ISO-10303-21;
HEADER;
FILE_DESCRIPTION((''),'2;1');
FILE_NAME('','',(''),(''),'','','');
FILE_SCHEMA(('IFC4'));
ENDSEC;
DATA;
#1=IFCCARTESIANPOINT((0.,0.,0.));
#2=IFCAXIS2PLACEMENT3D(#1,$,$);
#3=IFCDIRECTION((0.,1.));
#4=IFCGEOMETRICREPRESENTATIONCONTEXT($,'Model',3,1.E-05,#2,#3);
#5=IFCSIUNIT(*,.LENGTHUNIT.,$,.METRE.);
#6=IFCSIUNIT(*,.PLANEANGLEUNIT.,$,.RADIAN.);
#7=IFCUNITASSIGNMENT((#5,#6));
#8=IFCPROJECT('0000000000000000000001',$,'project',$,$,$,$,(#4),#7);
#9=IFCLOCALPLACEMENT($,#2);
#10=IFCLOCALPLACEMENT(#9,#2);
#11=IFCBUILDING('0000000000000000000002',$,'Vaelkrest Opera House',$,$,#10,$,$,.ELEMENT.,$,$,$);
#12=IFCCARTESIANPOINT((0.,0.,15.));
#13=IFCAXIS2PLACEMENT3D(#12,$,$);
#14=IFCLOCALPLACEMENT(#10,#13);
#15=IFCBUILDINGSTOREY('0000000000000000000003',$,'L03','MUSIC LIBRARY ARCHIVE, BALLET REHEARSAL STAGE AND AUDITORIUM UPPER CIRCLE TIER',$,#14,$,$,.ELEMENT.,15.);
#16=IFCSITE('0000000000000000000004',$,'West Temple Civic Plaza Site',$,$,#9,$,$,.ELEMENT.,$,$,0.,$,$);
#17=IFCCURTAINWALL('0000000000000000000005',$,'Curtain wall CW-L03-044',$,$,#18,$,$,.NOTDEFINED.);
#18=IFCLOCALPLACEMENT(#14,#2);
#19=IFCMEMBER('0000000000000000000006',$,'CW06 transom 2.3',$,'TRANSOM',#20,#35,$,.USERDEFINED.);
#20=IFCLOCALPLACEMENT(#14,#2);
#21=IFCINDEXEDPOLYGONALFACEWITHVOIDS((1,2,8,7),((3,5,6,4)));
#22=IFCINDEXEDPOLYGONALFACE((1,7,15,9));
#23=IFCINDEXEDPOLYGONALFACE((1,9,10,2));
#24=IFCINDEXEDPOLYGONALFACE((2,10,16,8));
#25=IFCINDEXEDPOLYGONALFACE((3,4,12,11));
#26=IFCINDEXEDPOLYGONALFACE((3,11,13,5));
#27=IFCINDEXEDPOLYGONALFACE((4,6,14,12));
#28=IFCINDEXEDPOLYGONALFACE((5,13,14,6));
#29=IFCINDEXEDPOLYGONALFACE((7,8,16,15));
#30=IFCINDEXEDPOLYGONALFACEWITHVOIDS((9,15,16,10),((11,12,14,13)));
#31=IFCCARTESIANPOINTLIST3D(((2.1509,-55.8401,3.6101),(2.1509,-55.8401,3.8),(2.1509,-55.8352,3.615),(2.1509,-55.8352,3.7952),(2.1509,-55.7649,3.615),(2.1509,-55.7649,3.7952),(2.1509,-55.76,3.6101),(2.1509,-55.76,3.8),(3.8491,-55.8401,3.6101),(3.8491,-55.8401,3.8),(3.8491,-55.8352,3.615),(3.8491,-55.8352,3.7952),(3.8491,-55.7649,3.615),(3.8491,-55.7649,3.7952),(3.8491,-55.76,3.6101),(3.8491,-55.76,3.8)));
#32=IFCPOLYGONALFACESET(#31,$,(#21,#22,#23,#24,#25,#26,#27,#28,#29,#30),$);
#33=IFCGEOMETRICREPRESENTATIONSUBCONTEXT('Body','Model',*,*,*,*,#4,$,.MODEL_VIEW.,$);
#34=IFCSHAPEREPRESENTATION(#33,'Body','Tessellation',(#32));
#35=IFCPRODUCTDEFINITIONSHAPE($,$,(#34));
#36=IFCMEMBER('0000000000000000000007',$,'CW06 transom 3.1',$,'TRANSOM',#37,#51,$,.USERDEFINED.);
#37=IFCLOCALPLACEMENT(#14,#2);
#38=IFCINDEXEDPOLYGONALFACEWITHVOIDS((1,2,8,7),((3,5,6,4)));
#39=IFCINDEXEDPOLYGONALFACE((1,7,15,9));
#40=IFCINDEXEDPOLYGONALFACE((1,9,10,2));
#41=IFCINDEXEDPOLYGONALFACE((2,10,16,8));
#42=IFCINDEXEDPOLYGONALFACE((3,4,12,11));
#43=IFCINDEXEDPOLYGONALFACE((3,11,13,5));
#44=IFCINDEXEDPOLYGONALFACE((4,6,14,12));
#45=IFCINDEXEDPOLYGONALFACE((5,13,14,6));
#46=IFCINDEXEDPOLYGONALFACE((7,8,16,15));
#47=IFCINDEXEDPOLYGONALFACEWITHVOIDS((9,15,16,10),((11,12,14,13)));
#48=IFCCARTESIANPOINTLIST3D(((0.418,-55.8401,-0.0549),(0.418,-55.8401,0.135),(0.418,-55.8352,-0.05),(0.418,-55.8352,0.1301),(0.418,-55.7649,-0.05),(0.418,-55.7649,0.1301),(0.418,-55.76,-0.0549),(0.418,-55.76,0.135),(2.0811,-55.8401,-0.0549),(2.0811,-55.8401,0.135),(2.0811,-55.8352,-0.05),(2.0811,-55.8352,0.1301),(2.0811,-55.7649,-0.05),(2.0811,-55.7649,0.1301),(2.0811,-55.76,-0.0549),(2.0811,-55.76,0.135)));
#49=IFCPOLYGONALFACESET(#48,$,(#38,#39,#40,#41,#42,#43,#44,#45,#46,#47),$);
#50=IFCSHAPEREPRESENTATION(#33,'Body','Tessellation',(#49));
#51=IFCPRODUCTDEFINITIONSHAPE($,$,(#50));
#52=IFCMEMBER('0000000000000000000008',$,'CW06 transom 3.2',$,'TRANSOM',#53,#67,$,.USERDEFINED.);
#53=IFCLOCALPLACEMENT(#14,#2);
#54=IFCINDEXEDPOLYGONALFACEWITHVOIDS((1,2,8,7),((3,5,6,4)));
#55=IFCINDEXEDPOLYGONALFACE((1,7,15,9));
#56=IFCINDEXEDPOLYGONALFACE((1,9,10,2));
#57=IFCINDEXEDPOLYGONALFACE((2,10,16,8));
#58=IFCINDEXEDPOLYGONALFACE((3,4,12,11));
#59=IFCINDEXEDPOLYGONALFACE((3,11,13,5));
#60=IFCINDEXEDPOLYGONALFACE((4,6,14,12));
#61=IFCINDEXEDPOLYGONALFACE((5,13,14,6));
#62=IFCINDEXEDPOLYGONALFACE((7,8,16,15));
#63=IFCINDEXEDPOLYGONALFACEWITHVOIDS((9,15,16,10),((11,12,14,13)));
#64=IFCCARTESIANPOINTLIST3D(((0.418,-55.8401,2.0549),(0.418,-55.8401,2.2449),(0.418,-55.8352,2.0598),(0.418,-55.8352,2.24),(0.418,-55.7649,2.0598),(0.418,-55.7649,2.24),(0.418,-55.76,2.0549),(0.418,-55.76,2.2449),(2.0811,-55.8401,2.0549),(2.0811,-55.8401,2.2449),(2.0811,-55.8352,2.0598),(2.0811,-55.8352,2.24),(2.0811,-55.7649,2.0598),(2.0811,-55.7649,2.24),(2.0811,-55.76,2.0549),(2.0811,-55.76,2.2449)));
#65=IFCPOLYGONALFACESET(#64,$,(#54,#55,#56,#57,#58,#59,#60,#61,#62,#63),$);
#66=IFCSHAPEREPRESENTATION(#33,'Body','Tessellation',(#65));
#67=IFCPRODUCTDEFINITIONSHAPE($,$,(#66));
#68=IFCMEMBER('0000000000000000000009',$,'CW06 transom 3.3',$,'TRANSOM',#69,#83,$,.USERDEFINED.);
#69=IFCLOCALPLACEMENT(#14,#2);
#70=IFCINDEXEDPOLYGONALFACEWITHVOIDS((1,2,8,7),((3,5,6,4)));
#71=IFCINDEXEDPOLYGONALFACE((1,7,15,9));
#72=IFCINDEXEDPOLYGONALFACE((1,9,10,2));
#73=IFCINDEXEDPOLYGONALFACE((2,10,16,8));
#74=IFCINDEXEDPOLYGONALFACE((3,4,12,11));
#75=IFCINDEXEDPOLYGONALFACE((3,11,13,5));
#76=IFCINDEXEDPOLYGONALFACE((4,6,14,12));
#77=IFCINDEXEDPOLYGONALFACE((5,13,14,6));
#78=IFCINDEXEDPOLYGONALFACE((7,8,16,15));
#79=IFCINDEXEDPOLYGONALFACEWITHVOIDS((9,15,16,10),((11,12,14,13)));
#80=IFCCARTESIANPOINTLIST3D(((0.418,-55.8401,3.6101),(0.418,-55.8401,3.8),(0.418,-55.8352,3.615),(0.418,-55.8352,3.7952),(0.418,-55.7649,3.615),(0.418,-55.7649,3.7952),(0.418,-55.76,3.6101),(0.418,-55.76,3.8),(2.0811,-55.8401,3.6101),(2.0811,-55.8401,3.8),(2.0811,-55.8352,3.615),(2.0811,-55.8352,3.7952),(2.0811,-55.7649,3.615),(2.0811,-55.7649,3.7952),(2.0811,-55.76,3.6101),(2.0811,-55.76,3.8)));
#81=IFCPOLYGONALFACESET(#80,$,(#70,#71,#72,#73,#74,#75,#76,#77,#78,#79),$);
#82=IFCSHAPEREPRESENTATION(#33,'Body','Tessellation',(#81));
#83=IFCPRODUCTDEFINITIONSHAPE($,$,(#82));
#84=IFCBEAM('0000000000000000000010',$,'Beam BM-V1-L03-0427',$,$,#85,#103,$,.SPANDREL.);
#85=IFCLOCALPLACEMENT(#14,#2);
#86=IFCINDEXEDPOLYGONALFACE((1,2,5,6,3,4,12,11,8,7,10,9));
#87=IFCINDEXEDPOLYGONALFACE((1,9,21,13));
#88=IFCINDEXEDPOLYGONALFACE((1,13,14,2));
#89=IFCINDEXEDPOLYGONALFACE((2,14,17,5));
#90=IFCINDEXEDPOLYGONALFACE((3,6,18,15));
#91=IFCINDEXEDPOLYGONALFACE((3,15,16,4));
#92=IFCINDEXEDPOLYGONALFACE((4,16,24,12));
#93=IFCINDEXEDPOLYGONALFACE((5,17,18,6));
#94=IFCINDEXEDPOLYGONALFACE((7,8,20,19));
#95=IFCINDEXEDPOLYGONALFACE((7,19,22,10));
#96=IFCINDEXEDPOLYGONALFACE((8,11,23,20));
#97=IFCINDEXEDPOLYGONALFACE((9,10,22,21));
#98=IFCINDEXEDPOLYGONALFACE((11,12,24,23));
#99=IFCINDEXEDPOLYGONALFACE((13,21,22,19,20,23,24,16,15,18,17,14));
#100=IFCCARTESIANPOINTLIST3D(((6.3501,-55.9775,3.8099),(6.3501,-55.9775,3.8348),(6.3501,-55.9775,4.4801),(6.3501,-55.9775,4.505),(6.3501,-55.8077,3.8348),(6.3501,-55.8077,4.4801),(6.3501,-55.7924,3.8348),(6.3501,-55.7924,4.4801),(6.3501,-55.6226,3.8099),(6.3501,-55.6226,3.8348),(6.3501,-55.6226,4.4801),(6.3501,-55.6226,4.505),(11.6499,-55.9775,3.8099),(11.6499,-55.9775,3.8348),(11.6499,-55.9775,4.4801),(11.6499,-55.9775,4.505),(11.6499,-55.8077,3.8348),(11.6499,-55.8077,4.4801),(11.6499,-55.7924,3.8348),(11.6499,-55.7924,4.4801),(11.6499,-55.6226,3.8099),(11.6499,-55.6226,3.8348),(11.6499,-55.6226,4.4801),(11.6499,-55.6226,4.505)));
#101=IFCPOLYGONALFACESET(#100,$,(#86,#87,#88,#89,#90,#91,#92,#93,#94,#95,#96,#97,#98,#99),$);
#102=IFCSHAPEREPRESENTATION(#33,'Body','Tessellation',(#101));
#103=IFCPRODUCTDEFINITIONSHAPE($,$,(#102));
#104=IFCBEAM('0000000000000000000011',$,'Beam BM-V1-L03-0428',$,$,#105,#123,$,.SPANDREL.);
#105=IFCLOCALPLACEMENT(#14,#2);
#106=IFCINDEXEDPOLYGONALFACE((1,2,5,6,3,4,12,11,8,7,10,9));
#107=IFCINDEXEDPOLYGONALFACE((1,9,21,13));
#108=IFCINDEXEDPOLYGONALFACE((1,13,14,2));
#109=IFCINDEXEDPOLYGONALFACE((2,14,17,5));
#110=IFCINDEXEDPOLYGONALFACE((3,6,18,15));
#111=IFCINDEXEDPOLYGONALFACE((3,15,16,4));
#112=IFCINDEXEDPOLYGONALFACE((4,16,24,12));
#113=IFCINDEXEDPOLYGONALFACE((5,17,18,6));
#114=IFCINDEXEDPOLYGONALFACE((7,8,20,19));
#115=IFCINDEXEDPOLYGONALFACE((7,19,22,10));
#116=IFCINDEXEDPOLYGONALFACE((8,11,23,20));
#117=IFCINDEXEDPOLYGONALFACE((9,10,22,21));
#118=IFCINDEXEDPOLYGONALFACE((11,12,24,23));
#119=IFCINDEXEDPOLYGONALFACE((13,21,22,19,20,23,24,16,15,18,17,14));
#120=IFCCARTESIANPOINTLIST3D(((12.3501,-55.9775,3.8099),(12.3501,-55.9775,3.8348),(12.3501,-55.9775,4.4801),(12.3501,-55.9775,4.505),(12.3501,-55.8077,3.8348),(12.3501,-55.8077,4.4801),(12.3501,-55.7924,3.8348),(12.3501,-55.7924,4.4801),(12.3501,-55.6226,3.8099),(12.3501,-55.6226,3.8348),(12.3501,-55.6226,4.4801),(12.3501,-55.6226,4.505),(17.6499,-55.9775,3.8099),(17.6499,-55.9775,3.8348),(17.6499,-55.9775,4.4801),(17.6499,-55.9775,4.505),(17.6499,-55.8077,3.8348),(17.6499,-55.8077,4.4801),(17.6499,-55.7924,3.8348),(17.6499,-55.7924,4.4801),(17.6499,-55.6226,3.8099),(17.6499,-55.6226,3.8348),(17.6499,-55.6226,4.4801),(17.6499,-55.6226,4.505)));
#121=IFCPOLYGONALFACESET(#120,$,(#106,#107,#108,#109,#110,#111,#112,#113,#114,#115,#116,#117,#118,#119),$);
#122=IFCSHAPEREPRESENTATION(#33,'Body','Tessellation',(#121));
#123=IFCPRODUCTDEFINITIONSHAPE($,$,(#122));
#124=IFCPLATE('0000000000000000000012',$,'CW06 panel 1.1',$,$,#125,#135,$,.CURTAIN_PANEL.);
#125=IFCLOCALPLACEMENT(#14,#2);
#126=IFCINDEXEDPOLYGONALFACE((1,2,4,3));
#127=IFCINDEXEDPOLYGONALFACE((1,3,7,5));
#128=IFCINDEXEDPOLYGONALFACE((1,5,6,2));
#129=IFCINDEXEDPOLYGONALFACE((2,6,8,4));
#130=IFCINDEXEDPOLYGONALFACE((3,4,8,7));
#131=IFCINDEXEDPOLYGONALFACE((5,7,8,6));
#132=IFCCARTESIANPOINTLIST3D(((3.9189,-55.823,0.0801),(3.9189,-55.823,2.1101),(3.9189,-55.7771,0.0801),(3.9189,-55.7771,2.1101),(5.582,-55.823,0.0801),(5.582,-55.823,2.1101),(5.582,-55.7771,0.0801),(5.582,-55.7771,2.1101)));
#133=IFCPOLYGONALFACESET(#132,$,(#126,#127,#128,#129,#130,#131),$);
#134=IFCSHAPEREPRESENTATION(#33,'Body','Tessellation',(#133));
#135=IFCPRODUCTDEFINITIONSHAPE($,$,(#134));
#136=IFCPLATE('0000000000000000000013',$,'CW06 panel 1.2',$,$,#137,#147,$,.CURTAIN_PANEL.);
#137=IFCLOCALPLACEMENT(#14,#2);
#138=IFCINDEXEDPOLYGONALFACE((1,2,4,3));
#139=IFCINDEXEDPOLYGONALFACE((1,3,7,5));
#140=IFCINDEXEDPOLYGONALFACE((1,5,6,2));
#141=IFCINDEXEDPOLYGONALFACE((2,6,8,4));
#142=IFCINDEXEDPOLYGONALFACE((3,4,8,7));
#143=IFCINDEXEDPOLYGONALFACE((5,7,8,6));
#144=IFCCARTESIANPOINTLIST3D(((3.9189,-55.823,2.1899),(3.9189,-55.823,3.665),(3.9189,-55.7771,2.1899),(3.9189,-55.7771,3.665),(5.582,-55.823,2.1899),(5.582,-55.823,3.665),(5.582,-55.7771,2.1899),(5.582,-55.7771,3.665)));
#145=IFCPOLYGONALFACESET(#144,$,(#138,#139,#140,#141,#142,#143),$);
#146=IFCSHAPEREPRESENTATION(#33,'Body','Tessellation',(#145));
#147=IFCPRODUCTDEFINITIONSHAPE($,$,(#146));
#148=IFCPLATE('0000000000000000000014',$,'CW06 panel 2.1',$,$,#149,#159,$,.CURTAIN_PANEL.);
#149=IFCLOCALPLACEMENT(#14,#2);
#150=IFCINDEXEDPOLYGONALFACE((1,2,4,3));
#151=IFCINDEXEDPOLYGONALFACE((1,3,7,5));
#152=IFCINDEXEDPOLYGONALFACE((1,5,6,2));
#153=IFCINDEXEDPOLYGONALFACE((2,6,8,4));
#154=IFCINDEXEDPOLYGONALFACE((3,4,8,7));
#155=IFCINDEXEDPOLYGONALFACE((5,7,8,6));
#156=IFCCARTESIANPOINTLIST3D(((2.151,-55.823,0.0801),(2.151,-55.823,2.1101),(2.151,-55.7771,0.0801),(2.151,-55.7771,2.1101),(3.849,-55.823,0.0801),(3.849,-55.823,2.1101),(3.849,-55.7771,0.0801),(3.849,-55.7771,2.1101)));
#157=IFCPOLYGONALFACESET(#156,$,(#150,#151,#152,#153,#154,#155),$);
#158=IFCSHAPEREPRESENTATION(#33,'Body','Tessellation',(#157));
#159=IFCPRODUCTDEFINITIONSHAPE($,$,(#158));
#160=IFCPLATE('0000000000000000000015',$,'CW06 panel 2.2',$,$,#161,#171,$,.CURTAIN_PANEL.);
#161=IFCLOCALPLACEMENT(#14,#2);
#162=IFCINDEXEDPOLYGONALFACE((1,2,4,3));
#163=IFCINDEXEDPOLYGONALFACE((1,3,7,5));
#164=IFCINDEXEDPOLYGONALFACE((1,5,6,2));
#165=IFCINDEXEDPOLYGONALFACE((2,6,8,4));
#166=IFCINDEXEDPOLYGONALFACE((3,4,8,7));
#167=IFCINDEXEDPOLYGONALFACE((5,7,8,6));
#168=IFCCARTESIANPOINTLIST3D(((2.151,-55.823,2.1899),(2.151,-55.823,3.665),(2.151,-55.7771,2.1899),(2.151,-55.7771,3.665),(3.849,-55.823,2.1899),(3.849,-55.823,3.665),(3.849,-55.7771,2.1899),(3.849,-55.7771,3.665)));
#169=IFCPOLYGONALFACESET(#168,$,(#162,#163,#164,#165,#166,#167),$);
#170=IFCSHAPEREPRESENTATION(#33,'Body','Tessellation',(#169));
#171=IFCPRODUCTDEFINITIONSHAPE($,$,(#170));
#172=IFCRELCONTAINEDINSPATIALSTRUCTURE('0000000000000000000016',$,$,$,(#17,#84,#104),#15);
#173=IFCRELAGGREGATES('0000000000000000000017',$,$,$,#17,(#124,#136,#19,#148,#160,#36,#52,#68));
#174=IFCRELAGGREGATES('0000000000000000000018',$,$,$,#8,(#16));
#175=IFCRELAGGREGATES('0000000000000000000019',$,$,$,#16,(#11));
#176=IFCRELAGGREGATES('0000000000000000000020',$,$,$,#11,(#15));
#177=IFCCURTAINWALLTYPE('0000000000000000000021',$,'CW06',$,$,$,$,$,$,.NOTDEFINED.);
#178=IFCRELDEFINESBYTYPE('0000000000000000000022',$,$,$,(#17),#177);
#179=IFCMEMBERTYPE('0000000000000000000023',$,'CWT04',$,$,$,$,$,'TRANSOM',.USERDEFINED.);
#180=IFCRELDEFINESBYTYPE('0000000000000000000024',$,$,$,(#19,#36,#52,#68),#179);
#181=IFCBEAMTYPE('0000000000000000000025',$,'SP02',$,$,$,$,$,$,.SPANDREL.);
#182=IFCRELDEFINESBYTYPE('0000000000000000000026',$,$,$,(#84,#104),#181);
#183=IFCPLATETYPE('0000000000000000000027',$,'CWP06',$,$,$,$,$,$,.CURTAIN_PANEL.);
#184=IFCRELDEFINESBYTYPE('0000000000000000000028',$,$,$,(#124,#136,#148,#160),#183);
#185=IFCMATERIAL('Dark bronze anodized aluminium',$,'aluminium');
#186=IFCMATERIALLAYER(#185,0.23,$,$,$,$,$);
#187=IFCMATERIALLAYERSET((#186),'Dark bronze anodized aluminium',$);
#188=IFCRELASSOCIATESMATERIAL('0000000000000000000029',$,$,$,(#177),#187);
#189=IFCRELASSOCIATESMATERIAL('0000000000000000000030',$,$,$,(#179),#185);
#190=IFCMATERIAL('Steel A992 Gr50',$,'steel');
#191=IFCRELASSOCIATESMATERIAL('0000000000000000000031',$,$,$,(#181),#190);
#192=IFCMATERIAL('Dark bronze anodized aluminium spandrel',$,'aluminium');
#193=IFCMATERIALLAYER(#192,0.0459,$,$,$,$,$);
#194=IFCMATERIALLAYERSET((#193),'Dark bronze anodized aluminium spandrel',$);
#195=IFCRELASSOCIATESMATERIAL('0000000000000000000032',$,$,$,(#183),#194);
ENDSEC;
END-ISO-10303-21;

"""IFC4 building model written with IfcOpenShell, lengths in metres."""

from ifc_helpers import new_model, si_unit, direction, frame, origin, origin_2d, place, context, subcontext, project, spatial, rectangle, hollow_rectangle, i_section, extrude, material, layer, layer_set, material_profile, profile_set, type_object, element, aggregate, save


model = new_model("IFC4")

# Units and contexts
model_context = context("Model", 3, precision=1e-05, world=origin(), true_north=direction((0.0, 1.0)))
body_context = subcontext(model_context, "Body", "Model", "MODEL_VIEW")
ifc_project = project(units=[si_unit("LENGTHUNIT", "METRE"), si_unit("PLANEANGLEUNIT", "RADIAN")], contexts=[model_context])

# Site, building, storey
site_placement = place(None, origin())
site = spatial("IfcSite", under=ifc_project, at=site_placement, Name="West Temple Civic Plaza Site", CompositionType="ELEMENT", RefElevation=0.0)
building_placement = place(site_placement, origin())
building = spatial("IfcBuilding", under=site, at=building_placement, Name="Vaelkrest Opera House", CompositionType="ELEMENT")
storey_placement = place(building_placement, frame((0.0, 0.0, 15.0)))
storey = spatial("IfcBuildingStorey", under=building, at=storey_placement, Name="L03", Description="MUSIC LIBRARY ARCHIVE, BALLET REHEARSAL STAGE AND AUDITORIUM UPPER CIRCLE TIER", CompositionType="ELEMENT", Elevation=15.0)

# Curtain wall
ifc_material_1 = material(Name="Dark bronze anodized aluminium", Category="aluminium")
ifc_layer_1 = layer(ifc_material_1, 0.23)
ifc_layer_set_1 = layer_set([ifc_layer_1], Name="Dark bronze anodized aluminium")
curtain_wall_type_1 = type_object("IfcCurtainWallType", Name="CW06", PredefinedType="NOTDEFINED", material=ifc_layer_set_1)
curtain_wall_1_placement = place(storey_placement, origin())
curtain_wall_1 = element("IfcCurtainWall", 1, at=curtain_wall_1_placement, inside=storey, type_object=curtain_wall_type_1, Name="Curtain wall CW-L03-044", PredefinedType="NOTDEFINED")

# Members
ifc_material_profile_1 = material_profile(ifc_material_1, hollow_rectangle(XDim=0.0801, YDim=0.1899, WallThickness=0.0049, at=origin_2d()), Name="CWT80X190")
ifc_profile_set_1 = profile_set([ifc_material_profile_1], Name="Dark bronze anodized aluminium")
member_type_1 = type_object("IfcMemberType", Name="CWT04", ElementType="TRANSOM", PredefinedType="USERDEFINED", material=ifc_profile_set_1)
member_1_placement = place(storey_placement, frame((3.8491, -55.8, 3.7051), z_axis=(-1.0, 0.0, 0.0), x_axis=(0.0, -1.0, 0.0)))
member_1 = element("IfcMember", 2, at=member_1_placement, type_object=member_type_1, Name="CW06 transom 2.3", ObjectType="TRANSOM", PredefinedType="USERDEFINED", context=body_context, shape_type="SweptSolid", body=[
    extrude(hollow_rectangle(XDim=0.0801, YDim=0.1899, WallThickness=0.0049, at=origin_2d()), origin(), (0.0, 0.0, 1.0), 1.6982),
])
member_2_placement = place(storey_placement, frame((2.0811, -55.8, 0.04), z_axis=(-1.0, 0.0, 0.0), x_axis=(0.0, -1.0, 0.0)))
member_2 = element("IfcMember", 3, at=member_2_placement, type_object=member_type_1, Name="CW06 transom 3.1", ObjectType="TRANSOM", PredefinedType="USERDEFINED", context=body_context, shape_type="SweptSolid", body=[
    extrude(hollow_rectangle(XDim=0.0801, YDim=0.1899, WallThickness=0.0049, at=origin_2d()), origin(), (0.0, 0.0, 1.0), 1.6631),
])
member_3_placement = place(storey_placement, frame((2.0811, -55.8, 2.1499), z_axis=(-1.0, 0.0, 0.0), x_axis=(0.0, -1.0, 0.0)))
member_3 = element("IfcMember", 4, at=member_3_placement, type_object=member_type_1, Name="CW06 transom 3.2", ObjectType="TRANSOM", PredefinedType="USERDEFINED", context=body_context, shape_type="SweptSolid", body=[
    extrude(hollow_rectangle(XDim=0.0801, YDim=0.1899, WallThickness=0.0049, at=origin_2d()), origin(), (0.0, 0.0, 1.0), 1.6631),
])
member_4_placement = place(storey_placement, frame((2.0811, -55.8, 3.7051), z_axis=(-1.0, 0.0, 0.0), x_axis=(0.0, -1.0, 0.0)))
member_4 = element("IfcMember", 5, at=member_4_placement, type_object=member_type_1, Name="CW06 transom 3.3", ObjectType="TRANSOM", PredefinedType="USERDEFINED", context=body_context, shape_type="SweptSolid", body=[
    extrude(hollow_rectangle(XDim=0.0801, YDim=0.1899, WallThickness=0.0049, at=origin_2d()), origin(), (0.0, 0.0, 1.0), 1.6631),
])

# Beams
ifc_material_2 = material(Name="Steel A992 Gr50", Category="steel")
ifc_material_profile_2 = material_profile(ifc_material_2, i_section(OverallWidth=0.355, OverallDepth=0.6951, WebThickness=0.0154, FlangeThickness=0.0249, at=origin_2d()), Name="W27X146")
ifc_profile_set_2 = profile_set([ifc_material_profile_2], Name="Steel A992 Gr50")
beam_type = type_object("IfcBeamType", Name="SP02", PredefinedType="SPANDREL", material=ifc_profile_set_2)
for number, where, z_axis, x_axis, name in (
    (6, (6.3501, -55.8, 4.1575), (1.0, 0.0, 0.0), (0.0, 1.0, 0.0), "Beam BM-V1-L03-0427"),
    (7, (12.3501, -55.8, 4.1575), (1.0, 0.0, 0.0), (0.0, 1.0, 0.0), "Beam BM-V1-L03-0428"),
):
    element("IfcBeam", number, at=place(storey_placement, frame(where, z_axis=z_axis, x_axis=x_axis)), inside=storey, type_object=beam_type, Name=name, PredefinedType="SPANDREL", context=body_context, shape_type="SweptSolid", body=[
        extrude(i_section(OverallWidth=0.355, OverallDepth=0.6951, WebThickness=0.0154, FlangeThickness=0.0249, at=origin_2d()), origin(), (0.0, 0.0, 1.0), 5.2998),
    ])

# Plates
ifc_material_3 = material(Name="Dark bronze anodized aluminium spandrel", Category="aluminium")
ifc_layer_2 = layer(ifc_material_3, 0.0459)
ifc_layer_set_2 = layer_set([ifc_layer_2], Name="Dark bronze anodized aluminium spandrel")
plate_type = type_object("IfcPlateType", Name="CWP06", PredefinedType="CURTAIN_PANEL", material=ifc_layer_set_2)
plate_1_placement = place(storey_placement, frame((4.7505, -55.8, 0.0801), z_axis=(0.0, 0.0, 1.0), x_axis=(-1.0, 0.0, 0.0)))
plate_1 = element("IfcPlate", 8, at=plate_1_placement, type_object=plate_type, Name="CW06 panel 1.1", PredefinedType="CURTAIN_PANEL", context=body_context, shape_type="SweptSolid", body=[
    extrude(rectangle(XDim=1.6631, YDim=0.0459, at=origin_2d()), origin(), (0.0, 0.0, 1.0), 2.03),
])
plate_2_placement = place(storey_placement, frame((4.7505, -55.8, 2.1899), z_axis=(0.0, 0.0, 1.0), x_axis=(-1.0, 0.0, 0.0)))
plate_2 = element("IfcPlate", 9, at=plate_2_placement, type_object=plate_type, Name="CW06 panel 1.2", PredefinedType="CURTAIN_PANEL", context=body_context, shape_type="SweptSolid", body=[
    extrude(rectangle(XDim=1.6631, YDim=0.0459, at=origin_2d()), origin(), (0.0, 0.0, 1.0), 1.4751),
])
plate_3_placement = place(storey_placement, frame((3.0, -55.8, 0.0801), z_axis=(0.0, 0.0, 1.0), x_axis=(-1.0, 0.0, 0.0)))
plate_3 = element("IfcPlate", 10, at=plate_3_placement, type_object=plate_type, Name="CW06 panel 2.1", PredefinedType="CURTAIN_PANEL", context=body_context, shape_type="SweptSolid", body=[
    extrude(rectangle(XDim=1.698, YDim=0.0459, at=origin_2d()), origin(), (0.0, 0.0, 1.0), 2.03),
])
plate_4_placement = place(storey_placement, frame((3.0, -55.8, 2.1899), z_axis=(0.0, 0.0, 1.0), x_axis=(-1.0, 0.0, 0.0)))
plate_4 = element("IfcPlate", 11, at=plate_4_placement, type_object=plate_type, Name="CW06 panel 2.2", PredefinedType="CURTAIN_PANEL", context=body_context, shape_type="SweptSolid", body=[
    extrude(rectangle(XDim=1.698, YDim=0.0459, at=origin_2d()), origin(), (0.0, 0.0, 1.0), 1.4751),
])
aggregate(curtain_wall_1, [plate_1, plate_2, member_1, plate_3, plate_4, member_2, member_3, member_4])

save(model, "model.ifc")
